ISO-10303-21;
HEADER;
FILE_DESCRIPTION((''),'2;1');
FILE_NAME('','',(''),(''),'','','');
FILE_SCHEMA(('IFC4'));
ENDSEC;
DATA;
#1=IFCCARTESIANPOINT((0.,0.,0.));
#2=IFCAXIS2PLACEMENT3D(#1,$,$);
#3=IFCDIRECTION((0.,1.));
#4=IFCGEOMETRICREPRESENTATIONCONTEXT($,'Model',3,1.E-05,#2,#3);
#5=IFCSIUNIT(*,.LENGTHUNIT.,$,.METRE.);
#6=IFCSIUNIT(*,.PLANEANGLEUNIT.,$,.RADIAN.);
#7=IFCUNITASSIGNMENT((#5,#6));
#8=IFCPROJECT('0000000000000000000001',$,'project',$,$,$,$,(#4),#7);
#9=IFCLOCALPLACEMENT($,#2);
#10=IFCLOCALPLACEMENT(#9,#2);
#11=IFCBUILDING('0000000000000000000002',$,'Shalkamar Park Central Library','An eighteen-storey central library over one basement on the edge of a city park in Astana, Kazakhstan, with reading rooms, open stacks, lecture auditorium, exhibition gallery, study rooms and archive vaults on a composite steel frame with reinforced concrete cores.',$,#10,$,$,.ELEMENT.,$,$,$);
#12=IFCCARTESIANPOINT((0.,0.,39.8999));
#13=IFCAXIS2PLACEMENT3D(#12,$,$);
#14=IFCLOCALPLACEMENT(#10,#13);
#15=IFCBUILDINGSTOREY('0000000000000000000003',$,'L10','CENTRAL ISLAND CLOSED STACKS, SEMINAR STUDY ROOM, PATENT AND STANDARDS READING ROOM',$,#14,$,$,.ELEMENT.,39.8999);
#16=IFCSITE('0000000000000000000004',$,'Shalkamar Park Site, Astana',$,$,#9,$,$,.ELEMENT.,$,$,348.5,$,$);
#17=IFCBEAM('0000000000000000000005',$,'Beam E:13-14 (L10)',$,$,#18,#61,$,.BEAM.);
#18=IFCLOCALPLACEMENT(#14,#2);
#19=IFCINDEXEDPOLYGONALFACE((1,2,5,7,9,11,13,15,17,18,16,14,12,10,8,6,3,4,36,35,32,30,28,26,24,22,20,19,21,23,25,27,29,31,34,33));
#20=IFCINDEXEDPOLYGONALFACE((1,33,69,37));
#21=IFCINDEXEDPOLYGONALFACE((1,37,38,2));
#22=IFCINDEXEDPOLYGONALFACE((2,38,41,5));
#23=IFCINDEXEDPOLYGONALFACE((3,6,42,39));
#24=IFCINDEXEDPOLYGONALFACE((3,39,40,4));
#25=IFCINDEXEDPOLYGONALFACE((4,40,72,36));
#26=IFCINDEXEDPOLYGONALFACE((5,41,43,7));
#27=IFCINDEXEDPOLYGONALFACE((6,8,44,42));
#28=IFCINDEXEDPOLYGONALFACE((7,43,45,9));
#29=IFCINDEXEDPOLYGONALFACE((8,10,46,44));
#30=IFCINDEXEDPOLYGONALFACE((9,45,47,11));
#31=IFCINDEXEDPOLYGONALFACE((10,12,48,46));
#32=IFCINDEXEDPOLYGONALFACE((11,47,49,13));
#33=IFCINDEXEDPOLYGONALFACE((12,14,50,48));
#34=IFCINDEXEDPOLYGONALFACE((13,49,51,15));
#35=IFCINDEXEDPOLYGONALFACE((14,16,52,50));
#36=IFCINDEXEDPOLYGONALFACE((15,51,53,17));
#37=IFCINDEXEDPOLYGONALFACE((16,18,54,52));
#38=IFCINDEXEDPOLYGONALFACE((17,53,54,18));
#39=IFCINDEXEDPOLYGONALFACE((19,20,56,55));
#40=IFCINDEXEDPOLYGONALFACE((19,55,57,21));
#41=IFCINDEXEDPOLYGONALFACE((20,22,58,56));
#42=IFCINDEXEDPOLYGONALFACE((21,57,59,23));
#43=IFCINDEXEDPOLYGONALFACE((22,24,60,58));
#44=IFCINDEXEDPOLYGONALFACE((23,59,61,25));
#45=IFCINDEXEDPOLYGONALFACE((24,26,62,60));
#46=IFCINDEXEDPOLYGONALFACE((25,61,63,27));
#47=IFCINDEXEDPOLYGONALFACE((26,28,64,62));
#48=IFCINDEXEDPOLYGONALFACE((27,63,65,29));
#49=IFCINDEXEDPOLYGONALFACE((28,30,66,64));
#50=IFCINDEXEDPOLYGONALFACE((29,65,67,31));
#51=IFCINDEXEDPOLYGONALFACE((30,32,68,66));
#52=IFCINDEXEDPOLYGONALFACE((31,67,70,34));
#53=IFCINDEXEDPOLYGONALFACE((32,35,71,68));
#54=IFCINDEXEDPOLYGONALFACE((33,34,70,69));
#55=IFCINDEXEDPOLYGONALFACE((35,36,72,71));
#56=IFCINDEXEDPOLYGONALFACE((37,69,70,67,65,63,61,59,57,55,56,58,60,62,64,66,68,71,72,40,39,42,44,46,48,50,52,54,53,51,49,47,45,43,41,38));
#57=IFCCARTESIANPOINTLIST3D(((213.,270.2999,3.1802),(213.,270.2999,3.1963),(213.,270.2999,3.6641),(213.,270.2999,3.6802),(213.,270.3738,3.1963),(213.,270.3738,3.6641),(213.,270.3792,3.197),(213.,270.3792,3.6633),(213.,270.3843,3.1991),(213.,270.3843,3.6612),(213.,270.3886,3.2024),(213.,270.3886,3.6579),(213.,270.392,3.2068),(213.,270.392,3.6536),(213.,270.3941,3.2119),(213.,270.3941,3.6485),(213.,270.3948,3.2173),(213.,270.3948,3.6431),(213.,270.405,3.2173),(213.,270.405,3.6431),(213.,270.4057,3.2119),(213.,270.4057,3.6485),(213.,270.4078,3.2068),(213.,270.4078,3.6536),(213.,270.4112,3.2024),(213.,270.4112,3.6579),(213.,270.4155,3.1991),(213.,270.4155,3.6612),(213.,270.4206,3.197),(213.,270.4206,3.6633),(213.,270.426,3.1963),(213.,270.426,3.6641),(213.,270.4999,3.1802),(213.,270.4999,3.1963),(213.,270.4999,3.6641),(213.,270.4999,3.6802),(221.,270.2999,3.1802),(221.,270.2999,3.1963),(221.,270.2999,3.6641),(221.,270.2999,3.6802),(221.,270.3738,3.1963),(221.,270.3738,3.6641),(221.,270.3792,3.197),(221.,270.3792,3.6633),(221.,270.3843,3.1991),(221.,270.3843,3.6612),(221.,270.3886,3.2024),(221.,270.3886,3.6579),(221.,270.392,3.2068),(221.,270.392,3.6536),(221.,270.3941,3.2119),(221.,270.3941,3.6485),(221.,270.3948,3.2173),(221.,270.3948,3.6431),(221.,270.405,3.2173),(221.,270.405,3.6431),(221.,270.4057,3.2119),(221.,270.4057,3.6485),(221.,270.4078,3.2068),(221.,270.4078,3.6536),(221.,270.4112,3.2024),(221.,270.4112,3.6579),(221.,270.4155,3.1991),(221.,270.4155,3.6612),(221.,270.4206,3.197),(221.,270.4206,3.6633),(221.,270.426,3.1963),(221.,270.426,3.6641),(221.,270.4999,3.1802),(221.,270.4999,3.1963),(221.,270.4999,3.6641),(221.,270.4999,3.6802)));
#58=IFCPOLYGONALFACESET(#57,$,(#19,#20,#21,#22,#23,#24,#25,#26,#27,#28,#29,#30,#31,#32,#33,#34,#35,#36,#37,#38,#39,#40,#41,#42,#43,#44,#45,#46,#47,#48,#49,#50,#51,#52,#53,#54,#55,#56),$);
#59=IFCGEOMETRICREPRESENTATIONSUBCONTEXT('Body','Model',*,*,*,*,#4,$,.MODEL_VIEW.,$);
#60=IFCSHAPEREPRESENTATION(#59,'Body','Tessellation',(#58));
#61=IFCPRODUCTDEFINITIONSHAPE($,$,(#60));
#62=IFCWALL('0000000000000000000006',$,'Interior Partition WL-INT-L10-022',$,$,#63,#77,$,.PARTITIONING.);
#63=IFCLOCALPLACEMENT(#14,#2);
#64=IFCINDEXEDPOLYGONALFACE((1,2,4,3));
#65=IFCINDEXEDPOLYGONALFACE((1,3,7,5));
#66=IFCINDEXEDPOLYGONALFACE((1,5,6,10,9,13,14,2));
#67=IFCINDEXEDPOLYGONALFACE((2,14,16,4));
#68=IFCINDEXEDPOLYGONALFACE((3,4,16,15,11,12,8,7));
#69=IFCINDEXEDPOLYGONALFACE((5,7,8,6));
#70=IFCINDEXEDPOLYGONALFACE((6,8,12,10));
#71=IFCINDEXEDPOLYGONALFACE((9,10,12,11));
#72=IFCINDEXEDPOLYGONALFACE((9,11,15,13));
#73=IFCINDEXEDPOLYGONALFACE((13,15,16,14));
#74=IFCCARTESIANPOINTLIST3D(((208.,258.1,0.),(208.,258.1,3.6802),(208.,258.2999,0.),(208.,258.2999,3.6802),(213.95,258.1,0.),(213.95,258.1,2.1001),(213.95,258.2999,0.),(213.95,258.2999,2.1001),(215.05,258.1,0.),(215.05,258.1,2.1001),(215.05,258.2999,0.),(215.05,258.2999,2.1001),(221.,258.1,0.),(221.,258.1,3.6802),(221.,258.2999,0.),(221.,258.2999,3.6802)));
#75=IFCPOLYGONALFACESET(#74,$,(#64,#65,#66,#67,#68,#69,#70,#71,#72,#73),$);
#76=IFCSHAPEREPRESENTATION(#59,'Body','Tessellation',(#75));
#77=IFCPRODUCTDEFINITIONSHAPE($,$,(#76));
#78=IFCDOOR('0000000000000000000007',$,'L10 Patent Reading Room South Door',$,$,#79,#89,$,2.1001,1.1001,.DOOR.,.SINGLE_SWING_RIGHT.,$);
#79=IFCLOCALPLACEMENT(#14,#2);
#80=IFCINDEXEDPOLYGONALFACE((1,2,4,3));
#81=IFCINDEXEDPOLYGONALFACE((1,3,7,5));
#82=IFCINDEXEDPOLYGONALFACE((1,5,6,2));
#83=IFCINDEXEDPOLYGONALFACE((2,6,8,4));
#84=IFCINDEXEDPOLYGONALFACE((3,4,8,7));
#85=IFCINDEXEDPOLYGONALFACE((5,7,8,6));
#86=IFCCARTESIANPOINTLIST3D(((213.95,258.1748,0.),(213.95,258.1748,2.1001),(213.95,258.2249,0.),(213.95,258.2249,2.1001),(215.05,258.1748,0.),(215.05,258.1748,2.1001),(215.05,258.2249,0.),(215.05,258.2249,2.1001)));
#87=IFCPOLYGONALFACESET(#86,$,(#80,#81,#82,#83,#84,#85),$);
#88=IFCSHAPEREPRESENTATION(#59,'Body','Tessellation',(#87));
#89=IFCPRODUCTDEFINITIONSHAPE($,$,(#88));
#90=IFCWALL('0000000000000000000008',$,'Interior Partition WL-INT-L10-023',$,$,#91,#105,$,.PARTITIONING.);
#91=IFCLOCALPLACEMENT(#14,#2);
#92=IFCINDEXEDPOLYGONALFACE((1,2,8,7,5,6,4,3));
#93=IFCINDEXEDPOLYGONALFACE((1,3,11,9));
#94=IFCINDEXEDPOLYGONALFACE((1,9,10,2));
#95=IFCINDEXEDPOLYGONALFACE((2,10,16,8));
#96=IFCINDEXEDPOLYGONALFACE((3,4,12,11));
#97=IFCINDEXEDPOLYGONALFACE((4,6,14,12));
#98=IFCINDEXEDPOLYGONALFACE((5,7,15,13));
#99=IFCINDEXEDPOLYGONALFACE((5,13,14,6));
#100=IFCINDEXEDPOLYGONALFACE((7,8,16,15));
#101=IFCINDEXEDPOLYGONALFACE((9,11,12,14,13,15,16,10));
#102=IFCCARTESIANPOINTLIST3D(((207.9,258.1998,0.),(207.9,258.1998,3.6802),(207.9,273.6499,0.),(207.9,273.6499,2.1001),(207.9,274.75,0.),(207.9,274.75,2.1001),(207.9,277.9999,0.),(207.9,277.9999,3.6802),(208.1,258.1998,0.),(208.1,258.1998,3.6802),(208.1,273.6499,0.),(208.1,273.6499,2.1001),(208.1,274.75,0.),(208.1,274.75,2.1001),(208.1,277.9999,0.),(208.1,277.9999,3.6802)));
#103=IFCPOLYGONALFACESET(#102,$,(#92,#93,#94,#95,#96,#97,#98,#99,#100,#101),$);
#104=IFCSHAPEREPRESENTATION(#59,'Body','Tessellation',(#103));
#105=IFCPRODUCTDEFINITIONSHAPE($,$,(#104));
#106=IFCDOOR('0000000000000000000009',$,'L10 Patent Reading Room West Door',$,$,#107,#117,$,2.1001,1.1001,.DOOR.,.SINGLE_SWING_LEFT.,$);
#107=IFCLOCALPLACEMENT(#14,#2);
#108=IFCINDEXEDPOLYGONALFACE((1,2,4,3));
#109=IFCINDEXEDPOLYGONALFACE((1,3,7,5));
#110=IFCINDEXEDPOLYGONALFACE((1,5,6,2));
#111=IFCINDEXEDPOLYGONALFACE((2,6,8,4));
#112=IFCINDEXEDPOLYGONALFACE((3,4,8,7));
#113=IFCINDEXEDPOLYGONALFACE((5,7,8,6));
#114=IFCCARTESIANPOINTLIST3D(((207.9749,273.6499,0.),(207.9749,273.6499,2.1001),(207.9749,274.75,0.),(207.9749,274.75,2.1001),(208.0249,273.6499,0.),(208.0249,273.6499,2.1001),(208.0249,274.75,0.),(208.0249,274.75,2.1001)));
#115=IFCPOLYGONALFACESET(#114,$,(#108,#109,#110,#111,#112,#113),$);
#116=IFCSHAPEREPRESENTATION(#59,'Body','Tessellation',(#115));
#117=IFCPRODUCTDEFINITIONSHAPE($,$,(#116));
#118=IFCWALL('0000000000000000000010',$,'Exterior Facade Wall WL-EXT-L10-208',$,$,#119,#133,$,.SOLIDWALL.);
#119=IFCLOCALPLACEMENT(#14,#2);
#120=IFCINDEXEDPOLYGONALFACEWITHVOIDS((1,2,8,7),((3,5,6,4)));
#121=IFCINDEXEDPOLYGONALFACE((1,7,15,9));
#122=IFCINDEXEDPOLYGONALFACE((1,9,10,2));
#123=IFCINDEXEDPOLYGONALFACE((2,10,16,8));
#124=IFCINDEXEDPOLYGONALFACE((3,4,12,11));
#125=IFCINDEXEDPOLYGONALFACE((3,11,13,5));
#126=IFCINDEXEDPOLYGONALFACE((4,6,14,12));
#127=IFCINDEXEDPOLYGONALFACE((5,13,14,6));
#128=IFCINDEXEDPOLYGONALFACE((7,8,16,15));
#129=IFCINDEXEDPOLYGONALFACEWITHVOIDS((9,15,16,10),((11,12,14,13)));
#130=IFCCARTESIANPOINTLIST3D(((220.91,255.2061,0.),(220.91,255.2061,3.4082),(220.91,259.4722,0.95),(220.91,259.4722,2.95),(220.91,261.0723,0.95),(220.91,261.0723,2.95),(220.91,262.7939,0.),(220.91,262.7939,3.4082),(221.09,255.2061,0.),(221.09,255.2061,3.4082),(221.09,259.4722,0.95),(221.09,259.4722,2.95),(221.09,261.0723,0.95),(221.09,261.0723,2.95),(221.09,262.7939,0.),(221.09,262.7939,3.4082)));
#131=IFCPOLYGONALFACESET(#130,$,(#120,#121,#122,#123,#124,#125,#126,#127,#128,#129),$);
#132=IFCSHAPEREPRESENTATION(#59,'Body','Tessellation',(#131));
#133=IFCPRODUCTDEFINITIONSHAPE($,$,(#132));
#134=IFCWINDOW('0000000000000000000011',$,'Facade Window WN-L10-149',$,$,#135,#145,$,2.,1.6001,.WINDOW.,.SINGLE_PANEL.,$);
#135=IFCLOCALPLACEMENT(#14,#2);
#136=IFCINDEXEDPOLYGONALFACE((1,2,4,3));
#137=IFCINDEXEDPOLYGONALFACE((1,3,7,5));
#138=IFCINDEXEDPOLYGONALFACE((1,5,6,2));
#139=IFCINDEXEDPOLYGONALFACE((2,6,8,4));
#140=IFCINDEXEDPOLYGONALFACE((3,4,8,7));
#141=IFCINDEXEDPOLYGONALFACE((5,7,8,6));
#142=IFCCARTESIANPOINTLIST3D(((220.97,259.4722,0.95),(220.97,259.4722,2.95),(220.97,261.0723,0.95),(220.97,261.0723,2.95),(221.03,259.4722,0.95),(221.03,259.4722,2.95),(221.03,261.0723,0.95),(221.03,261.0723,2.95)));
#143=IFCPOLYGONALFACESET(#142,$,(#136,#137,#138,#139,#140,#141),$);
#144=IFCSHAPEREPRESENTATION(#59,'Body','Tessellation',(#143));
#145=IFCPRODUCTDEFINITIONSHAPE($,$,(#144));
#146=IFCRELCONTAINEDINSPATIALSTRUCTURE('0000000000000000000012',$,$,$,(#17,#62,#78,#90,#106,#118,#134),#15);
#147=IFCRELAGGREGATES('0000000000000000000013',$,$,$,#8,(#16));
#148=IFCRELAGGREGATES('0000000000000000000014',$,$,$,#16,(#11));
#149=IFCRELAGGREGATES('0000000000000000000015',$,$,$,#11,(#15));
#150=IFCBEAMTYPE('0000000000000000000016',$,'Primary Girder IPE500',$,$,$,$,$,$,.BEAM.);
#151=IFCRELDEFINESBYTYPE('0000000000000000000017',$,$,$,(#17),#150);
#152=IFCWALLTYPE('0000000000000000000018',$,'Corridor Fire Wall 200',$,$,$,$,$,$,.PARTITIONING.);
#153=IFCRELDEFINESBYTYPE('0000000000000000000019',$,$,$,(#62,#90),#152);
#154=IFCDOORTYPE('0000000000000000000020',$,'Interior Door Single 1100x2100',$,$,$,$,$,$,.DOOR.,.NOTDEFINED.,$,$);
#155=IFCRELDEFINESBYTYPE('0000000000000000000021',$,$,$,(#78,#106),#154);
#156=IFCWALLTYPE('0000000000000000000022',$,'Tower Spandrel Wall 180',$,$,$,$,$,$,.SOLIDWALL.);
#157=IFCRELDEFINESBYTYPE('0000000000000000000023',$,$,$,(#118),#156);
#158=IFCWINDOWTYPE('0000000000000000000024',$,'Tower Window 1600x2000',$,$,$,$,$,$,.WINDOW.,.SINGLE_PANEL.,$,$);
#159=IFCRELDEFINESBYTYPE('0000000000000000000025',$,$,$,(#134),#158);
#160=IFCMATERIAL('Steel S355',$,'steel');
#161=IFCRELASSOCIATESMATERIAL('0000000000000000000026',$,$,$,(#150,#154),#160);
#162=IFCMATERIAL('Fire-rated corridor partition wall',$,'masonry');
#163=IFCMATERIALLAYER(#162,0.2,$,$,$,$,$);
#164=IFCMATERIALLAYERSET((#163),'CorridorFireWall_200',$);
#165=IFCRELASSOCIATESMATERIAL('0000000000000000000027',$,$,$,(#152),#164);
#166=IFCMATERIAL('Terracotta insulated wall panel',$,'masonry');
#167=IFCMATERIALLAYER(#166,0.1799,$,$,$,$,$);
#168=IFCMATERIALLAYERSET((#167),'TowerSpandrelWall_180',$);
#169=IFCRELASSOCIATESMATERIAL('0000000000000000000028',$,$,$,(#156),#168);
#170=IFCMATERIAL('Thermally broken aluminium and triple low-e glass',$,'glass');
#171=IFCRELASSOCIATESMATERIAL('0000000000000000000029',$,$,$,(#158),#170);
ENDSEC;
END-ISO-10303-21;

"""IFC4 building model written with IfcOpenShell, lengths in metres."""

from ifc_helpers import new_model, si_unit, direction, frame, frame_2d, origin, origin_2d, place, context, subcontext, project, spatial, rectangle, i_section, extrude, material, layer, layer_set, material_profile, profile_set, type_object, element, fill, save


model = new_model("IFC4")

# Units and contexts
model_context = context("Model", 3, precision=1e-05, world=origin(), true_north=direction((0.0, 1.0)))
body_context = subcontext(model_context, "Body", "Model", "MODEL_VIEW")
ifc_project = project(units=[si_unit("LENGTHUNIT", "METRE"), si_unit("PLANEANGLEUNIT", "RADIAN")], contexts=[model_context])

# Site, building, storey
site_placement = place(None, origin())
site = spatial("IfcSite", under=ifc_project, at=site_placement, Name="Shalkamar Park Site, Astana", CompositionType="ELEMENT", RefElevation=348.5)
building_placement = place(site_placement, origin())
building = spatial("IfcBuilding", under=site, at=building_placement, Name="Shalkamar Park Central Library", Description="An eighteen-storey central library over one basement on the edge of a city park in Astana, Kazakhstan, with reading rooms, open stacks, lecture auditorium, exhibition gallery, study rooms and archive vaults on a composite steel frame with reinforced concrete cores.", CompositionType="ELEMENT")
storey_placement = place(building_placement, frame((0.0, 0.0, 39.8999)))
storey = spatial("IfcBuildingStorey", under=building, at=storey_placement, Name="L10", Description="CENTRAL ISLAND CLOSED STACKS, SEMINAR STUDY ROOM, PATENT AND STANDARDS READING ROOM", CompositionType="ELEMENT", Elevation=39.8999)

# Shared definitions
ifc_material_1 = material(Name="Steel S355", Category="steel")

# Beam
ifc_material_profile_1 = material_profile(ifc_material_1, i_section(OverallWidth=0.2, OverallDepth=0.5, WebThickness=0.0103, FlangeThickness=0.0161, FilletRadius=0.021, at=origin_2d()), Name="IPE 500")
ifc_profile_set_1 = profile_set([ifc_material_profile_1], Name="Steel S355")
beam_type_1 = type_object("IfcBeamType", Name="Primary Girder IPE500", PredefinedType="BEAM", material=ifc_profile_set_1)
for number, where, z_axis, x_axis, name in (
    (1, (213.0, 270.3999, 3.4302), (1.0, 0.0, 0.0), (0.0, 1.0, 0.0), "Beam E:13-14 (L10)"),
):
    element("IfcBeam", number, at=place(storey_placement, frame(where, z_axis=z_axis, x_axis=x_axis)), inside=storey, type_object=beam_type_1, Name=name, PredefinedType="BEAM", context=body_context, shape_type="SweptSolid", body=[
        extrude(i_section(OverallWidth=0.2, OverallDepth=0.5, WebThickness=0.0103, FlangeThickness=0.0161, FilletRadius=0.021, at=origin_2d()), origin(), (0.0, 0.0, 1.0), 8.0),
    ])

# Walls, openings, doors
ifc_material_2 = material(Name="Fire-rated corridor partition wall", Category="masonry")
ifc_layer_1 = layer(ifc_material_2, 0.2)
ifc_layer_set_1 = layer_set([ifc_layer_1], Name="CorridorFireWall_200")
wall_type_1 = type_object("IfcWallType", Name="Corridor Fire Wall 200", PredefinedType="PARTITIONING", material=ifc_layer_set_1)
wall_1_placement = place(storey_placement, frame((208.0, 258.2, 0.0), z_axis=(0.0, 0.0, 1.0), x_axis=(1.0, 0.0, 0.0)))
wall_1 = element("IfcWall", 2, at=wall_1_placement, inside=storey, type_object=wall_type_1, Name="Interior Partition WL-INT-L10-022", PredefinedType="PARTITIONING", context=body_context, shape_type="SweptSolid", body=[
    extrude(rectangle(XDim=13.0, YDim=0.2, at=frame_2d((6.5, 0.0))), origin(), (0.0, 0.0, 1.0), 3.6802),
])
opening_1_placement = place(wall_1_placement, frame((5.95, 0.0, 0.0)))
opening_1 = element("IfcOpeningElement", 3, at=opening_1_placement, cuts=wall_1, PredefinedType="OPENING", context=body_context, shape_type="SweptSolid", body=[
    extrude(rectangle(XDim=1.1001, YDim=2.1001, at=frame_2d((0.55, 1.05))), frame((0.0, 0.1147, 0.0), z_axis=(0.0, -1.0, 0.0), x_axis=(1.0, 0.0, 0.0)), (0.0, 0.0, 1.0), 0.2297),
])
door_type = type_object("IfcDoorType", Name="Interior Door Single 1100x2100", OperationType="NOTDEFINED", PredefinedType="DOOR", material=ifc_material_1)
door_1_placement = place(opening_1_placement, origin())
door_1 = element("IfcDoor", 4, at=door_1_placement, inside=storey, type_object=door_type, Name="L10 Patent Reading Room South Door", OperationType="SINGLE_SWING_RIGHT", OverallHeight=2.1001, OverallWidth=1.1001, PredefinedType="DOOR", context=body_context, shape_type="SweptSolid", body=[
    extrude(rectangle(XDim=1.1001, YDim=2.1001, at=frame_2d((0.55, 1.05))), frame((0.0, 0.0249, 0.0), z_axis=(0.0, -1.0, 0.0), x_axis=(1.0, 0.0, 0.0)), (0.0, 0.0, 1.0), 0.05),
])
fill(opening_1, door_1)
wall_2_placement = place(storey_placement, frame((208.0, 258.2, 0.0), z_axis=(0.0, 0.0, 1.0), x_axis=(0.0, 1.0, 0.0)))
wall_2 = element("IfcWall", 5, at=wall_2_placement, inside=storey, type_object=wall_type_1, Name="Interior Partition WL-INT-L10-023", PredefinedType="PARTITIONING", context=body_context, shape_type="SweptSolid", body=[
    extrude(rectangle(XDim=19.8, YDim=0.2, at=frame_2d((9.8999, 0.0))), origin(), (0.0, 0.0, 1.0), 3.6802),
])
opening_2_placement = place(wall_2_placement, frame((15.45, 0.0, 0.0)))
opening_2 = element("IfcOpeningElement", 6, at=opening_2_placement, cuts=wall_2, PredefinedType="OPENING", context=body_context, shape_type="SweptSolid", body=[
    extrude(rectangle(XDim=1.1001, YDim=2.1001, at=frame_2d((0.55, 1.05))), frame((0.0, 0.1147, 0.0), z_axis=(0.0, -1.0, 0.0), x_axis=(1.0, 0.0, 0.0)), (0.0, 0.0, 1.0), 0.2297),
])
door_2_placement = place(opening_2_placement, frame((1.1001, 0.0, 0.0), z_axis=(0.0, 0.0, 1.0), x_axis=(-1.0, 0.0, 0.0)))
door_2 = element("IfcDoor", 7, at=door_2_placement, inside=storey, type_object=door_type, Name="L10 Patent Reading Room West Door", OperationType="SINGLE_SWING_LEFT", OverallHeight=2.1001, OverallWidth=1.1001, PredefinedType="DOOR", context=body_context, shape_type="SweptSolid", body=[
    extrude(rectangle(XDim=1.1001, YDim=2.1001, at=frame_2d((0.55, 1.05))), frame((0.0, 0.0249, 0.0), z_axis=(0.0, -1.0, 0.0), x_axis=(1.0, 0.0, 0.0)), (0.0, 0.0, 1.0), 0.05),
])
fill(opening_2, door_2)

# Wall, opening, window
ifc_material_3 = material(Name="Terracotta insulated wall panel", Category="masonry")
ifc_layer_2 = layer(ifc_material_3, 0.1799)
ifc_layer_set_2 = layer_set([ifc_layer_2], Name="TowerSpandrelWall_180")
wall_type_2 = type_object("IfcWallType", Name="Tower Spandrel Wall 180", PredefinedType="SOLIDWALL", material=ifc_layer_set_2)
wall_3_placement = place(storey_placement, frame((221.0, 255.2061, 0.0), z_axis=(0.0, 0.0, 1.0), x_axis=(0.0, 1.0, 0.0)))
wall_3 = element("IfcWall", 8, at=wall_3_placement, inside=storey, type_object=wall_type_2, Name="Exterior Facade Wall WL-EXT-L10-208", PredefinedType="SOLIDWALL", context=body_context, shape_type="SweptSolid", body=[
    extrude(rectangle(XDim=7.5879, YDim=0.1799, at=frame_2d((3.7939, 0.0))), origin(), (0.0, 0.0, 1.0), 3.4082),
])
opening_3_placement = place(wall_3_placement, frame((4.2661, 0.0, 0.95)))
opening_3 = element("IfcOpeningElement", 9, at=opening_3_placement, cuts=wall_3, PredefinedType="OPENING", context=body_context, shape_type="SweptSolid", body=[
    extrude(rectangle(XDim=1.6001, YDim=2.0, at=frame_2d((0.8, 1.0))), frame((0.0, 0.105, 0.0), z_axis=(0.0, -1.0, 0.0), x_axis=(1.0, 0.0, 0.0)), (0.0, 0.0, 1.0), 0.2097),
])
ifc_material_4 = material(Name="Thermally broken aluminium and triple low-e glass", Category="glass")
window_type_1 = type_object("IfcWindowType", Name="Tower Window 1600x2000", PartitioningType="SINGLE_PANEL", PredefinedType="WINDOW", material=ifc_material_4)
window_1_placement = place(opening_3_placement, origin())
window_1 = element("IfcWindow", 10, at=window_1_placement, inside=storey, type_object=window_type_1, Name="Facade Window WN-L10-149", OverallHeight=2.0, OverallWidth=1.6001, PartitioningType="SINGLE_PANEL", PredefinedType="WINDOW", context=body_context, shape_type="SweptSolid", body=[
    extrude(rectangle(XDim=1.6001, YDim=2.0, at=frame_2d((0.8, 1.0))), frame((0.0, 0.03, 0.0), z_axis=(0.0, -1.0, 0.0), x_axis=(1.0, 0.0, 0.0)), (0.0, 0.0, 1.0), 0.0601),
])
fill(opening_3, window_1)

save(model, "model.ifc")
